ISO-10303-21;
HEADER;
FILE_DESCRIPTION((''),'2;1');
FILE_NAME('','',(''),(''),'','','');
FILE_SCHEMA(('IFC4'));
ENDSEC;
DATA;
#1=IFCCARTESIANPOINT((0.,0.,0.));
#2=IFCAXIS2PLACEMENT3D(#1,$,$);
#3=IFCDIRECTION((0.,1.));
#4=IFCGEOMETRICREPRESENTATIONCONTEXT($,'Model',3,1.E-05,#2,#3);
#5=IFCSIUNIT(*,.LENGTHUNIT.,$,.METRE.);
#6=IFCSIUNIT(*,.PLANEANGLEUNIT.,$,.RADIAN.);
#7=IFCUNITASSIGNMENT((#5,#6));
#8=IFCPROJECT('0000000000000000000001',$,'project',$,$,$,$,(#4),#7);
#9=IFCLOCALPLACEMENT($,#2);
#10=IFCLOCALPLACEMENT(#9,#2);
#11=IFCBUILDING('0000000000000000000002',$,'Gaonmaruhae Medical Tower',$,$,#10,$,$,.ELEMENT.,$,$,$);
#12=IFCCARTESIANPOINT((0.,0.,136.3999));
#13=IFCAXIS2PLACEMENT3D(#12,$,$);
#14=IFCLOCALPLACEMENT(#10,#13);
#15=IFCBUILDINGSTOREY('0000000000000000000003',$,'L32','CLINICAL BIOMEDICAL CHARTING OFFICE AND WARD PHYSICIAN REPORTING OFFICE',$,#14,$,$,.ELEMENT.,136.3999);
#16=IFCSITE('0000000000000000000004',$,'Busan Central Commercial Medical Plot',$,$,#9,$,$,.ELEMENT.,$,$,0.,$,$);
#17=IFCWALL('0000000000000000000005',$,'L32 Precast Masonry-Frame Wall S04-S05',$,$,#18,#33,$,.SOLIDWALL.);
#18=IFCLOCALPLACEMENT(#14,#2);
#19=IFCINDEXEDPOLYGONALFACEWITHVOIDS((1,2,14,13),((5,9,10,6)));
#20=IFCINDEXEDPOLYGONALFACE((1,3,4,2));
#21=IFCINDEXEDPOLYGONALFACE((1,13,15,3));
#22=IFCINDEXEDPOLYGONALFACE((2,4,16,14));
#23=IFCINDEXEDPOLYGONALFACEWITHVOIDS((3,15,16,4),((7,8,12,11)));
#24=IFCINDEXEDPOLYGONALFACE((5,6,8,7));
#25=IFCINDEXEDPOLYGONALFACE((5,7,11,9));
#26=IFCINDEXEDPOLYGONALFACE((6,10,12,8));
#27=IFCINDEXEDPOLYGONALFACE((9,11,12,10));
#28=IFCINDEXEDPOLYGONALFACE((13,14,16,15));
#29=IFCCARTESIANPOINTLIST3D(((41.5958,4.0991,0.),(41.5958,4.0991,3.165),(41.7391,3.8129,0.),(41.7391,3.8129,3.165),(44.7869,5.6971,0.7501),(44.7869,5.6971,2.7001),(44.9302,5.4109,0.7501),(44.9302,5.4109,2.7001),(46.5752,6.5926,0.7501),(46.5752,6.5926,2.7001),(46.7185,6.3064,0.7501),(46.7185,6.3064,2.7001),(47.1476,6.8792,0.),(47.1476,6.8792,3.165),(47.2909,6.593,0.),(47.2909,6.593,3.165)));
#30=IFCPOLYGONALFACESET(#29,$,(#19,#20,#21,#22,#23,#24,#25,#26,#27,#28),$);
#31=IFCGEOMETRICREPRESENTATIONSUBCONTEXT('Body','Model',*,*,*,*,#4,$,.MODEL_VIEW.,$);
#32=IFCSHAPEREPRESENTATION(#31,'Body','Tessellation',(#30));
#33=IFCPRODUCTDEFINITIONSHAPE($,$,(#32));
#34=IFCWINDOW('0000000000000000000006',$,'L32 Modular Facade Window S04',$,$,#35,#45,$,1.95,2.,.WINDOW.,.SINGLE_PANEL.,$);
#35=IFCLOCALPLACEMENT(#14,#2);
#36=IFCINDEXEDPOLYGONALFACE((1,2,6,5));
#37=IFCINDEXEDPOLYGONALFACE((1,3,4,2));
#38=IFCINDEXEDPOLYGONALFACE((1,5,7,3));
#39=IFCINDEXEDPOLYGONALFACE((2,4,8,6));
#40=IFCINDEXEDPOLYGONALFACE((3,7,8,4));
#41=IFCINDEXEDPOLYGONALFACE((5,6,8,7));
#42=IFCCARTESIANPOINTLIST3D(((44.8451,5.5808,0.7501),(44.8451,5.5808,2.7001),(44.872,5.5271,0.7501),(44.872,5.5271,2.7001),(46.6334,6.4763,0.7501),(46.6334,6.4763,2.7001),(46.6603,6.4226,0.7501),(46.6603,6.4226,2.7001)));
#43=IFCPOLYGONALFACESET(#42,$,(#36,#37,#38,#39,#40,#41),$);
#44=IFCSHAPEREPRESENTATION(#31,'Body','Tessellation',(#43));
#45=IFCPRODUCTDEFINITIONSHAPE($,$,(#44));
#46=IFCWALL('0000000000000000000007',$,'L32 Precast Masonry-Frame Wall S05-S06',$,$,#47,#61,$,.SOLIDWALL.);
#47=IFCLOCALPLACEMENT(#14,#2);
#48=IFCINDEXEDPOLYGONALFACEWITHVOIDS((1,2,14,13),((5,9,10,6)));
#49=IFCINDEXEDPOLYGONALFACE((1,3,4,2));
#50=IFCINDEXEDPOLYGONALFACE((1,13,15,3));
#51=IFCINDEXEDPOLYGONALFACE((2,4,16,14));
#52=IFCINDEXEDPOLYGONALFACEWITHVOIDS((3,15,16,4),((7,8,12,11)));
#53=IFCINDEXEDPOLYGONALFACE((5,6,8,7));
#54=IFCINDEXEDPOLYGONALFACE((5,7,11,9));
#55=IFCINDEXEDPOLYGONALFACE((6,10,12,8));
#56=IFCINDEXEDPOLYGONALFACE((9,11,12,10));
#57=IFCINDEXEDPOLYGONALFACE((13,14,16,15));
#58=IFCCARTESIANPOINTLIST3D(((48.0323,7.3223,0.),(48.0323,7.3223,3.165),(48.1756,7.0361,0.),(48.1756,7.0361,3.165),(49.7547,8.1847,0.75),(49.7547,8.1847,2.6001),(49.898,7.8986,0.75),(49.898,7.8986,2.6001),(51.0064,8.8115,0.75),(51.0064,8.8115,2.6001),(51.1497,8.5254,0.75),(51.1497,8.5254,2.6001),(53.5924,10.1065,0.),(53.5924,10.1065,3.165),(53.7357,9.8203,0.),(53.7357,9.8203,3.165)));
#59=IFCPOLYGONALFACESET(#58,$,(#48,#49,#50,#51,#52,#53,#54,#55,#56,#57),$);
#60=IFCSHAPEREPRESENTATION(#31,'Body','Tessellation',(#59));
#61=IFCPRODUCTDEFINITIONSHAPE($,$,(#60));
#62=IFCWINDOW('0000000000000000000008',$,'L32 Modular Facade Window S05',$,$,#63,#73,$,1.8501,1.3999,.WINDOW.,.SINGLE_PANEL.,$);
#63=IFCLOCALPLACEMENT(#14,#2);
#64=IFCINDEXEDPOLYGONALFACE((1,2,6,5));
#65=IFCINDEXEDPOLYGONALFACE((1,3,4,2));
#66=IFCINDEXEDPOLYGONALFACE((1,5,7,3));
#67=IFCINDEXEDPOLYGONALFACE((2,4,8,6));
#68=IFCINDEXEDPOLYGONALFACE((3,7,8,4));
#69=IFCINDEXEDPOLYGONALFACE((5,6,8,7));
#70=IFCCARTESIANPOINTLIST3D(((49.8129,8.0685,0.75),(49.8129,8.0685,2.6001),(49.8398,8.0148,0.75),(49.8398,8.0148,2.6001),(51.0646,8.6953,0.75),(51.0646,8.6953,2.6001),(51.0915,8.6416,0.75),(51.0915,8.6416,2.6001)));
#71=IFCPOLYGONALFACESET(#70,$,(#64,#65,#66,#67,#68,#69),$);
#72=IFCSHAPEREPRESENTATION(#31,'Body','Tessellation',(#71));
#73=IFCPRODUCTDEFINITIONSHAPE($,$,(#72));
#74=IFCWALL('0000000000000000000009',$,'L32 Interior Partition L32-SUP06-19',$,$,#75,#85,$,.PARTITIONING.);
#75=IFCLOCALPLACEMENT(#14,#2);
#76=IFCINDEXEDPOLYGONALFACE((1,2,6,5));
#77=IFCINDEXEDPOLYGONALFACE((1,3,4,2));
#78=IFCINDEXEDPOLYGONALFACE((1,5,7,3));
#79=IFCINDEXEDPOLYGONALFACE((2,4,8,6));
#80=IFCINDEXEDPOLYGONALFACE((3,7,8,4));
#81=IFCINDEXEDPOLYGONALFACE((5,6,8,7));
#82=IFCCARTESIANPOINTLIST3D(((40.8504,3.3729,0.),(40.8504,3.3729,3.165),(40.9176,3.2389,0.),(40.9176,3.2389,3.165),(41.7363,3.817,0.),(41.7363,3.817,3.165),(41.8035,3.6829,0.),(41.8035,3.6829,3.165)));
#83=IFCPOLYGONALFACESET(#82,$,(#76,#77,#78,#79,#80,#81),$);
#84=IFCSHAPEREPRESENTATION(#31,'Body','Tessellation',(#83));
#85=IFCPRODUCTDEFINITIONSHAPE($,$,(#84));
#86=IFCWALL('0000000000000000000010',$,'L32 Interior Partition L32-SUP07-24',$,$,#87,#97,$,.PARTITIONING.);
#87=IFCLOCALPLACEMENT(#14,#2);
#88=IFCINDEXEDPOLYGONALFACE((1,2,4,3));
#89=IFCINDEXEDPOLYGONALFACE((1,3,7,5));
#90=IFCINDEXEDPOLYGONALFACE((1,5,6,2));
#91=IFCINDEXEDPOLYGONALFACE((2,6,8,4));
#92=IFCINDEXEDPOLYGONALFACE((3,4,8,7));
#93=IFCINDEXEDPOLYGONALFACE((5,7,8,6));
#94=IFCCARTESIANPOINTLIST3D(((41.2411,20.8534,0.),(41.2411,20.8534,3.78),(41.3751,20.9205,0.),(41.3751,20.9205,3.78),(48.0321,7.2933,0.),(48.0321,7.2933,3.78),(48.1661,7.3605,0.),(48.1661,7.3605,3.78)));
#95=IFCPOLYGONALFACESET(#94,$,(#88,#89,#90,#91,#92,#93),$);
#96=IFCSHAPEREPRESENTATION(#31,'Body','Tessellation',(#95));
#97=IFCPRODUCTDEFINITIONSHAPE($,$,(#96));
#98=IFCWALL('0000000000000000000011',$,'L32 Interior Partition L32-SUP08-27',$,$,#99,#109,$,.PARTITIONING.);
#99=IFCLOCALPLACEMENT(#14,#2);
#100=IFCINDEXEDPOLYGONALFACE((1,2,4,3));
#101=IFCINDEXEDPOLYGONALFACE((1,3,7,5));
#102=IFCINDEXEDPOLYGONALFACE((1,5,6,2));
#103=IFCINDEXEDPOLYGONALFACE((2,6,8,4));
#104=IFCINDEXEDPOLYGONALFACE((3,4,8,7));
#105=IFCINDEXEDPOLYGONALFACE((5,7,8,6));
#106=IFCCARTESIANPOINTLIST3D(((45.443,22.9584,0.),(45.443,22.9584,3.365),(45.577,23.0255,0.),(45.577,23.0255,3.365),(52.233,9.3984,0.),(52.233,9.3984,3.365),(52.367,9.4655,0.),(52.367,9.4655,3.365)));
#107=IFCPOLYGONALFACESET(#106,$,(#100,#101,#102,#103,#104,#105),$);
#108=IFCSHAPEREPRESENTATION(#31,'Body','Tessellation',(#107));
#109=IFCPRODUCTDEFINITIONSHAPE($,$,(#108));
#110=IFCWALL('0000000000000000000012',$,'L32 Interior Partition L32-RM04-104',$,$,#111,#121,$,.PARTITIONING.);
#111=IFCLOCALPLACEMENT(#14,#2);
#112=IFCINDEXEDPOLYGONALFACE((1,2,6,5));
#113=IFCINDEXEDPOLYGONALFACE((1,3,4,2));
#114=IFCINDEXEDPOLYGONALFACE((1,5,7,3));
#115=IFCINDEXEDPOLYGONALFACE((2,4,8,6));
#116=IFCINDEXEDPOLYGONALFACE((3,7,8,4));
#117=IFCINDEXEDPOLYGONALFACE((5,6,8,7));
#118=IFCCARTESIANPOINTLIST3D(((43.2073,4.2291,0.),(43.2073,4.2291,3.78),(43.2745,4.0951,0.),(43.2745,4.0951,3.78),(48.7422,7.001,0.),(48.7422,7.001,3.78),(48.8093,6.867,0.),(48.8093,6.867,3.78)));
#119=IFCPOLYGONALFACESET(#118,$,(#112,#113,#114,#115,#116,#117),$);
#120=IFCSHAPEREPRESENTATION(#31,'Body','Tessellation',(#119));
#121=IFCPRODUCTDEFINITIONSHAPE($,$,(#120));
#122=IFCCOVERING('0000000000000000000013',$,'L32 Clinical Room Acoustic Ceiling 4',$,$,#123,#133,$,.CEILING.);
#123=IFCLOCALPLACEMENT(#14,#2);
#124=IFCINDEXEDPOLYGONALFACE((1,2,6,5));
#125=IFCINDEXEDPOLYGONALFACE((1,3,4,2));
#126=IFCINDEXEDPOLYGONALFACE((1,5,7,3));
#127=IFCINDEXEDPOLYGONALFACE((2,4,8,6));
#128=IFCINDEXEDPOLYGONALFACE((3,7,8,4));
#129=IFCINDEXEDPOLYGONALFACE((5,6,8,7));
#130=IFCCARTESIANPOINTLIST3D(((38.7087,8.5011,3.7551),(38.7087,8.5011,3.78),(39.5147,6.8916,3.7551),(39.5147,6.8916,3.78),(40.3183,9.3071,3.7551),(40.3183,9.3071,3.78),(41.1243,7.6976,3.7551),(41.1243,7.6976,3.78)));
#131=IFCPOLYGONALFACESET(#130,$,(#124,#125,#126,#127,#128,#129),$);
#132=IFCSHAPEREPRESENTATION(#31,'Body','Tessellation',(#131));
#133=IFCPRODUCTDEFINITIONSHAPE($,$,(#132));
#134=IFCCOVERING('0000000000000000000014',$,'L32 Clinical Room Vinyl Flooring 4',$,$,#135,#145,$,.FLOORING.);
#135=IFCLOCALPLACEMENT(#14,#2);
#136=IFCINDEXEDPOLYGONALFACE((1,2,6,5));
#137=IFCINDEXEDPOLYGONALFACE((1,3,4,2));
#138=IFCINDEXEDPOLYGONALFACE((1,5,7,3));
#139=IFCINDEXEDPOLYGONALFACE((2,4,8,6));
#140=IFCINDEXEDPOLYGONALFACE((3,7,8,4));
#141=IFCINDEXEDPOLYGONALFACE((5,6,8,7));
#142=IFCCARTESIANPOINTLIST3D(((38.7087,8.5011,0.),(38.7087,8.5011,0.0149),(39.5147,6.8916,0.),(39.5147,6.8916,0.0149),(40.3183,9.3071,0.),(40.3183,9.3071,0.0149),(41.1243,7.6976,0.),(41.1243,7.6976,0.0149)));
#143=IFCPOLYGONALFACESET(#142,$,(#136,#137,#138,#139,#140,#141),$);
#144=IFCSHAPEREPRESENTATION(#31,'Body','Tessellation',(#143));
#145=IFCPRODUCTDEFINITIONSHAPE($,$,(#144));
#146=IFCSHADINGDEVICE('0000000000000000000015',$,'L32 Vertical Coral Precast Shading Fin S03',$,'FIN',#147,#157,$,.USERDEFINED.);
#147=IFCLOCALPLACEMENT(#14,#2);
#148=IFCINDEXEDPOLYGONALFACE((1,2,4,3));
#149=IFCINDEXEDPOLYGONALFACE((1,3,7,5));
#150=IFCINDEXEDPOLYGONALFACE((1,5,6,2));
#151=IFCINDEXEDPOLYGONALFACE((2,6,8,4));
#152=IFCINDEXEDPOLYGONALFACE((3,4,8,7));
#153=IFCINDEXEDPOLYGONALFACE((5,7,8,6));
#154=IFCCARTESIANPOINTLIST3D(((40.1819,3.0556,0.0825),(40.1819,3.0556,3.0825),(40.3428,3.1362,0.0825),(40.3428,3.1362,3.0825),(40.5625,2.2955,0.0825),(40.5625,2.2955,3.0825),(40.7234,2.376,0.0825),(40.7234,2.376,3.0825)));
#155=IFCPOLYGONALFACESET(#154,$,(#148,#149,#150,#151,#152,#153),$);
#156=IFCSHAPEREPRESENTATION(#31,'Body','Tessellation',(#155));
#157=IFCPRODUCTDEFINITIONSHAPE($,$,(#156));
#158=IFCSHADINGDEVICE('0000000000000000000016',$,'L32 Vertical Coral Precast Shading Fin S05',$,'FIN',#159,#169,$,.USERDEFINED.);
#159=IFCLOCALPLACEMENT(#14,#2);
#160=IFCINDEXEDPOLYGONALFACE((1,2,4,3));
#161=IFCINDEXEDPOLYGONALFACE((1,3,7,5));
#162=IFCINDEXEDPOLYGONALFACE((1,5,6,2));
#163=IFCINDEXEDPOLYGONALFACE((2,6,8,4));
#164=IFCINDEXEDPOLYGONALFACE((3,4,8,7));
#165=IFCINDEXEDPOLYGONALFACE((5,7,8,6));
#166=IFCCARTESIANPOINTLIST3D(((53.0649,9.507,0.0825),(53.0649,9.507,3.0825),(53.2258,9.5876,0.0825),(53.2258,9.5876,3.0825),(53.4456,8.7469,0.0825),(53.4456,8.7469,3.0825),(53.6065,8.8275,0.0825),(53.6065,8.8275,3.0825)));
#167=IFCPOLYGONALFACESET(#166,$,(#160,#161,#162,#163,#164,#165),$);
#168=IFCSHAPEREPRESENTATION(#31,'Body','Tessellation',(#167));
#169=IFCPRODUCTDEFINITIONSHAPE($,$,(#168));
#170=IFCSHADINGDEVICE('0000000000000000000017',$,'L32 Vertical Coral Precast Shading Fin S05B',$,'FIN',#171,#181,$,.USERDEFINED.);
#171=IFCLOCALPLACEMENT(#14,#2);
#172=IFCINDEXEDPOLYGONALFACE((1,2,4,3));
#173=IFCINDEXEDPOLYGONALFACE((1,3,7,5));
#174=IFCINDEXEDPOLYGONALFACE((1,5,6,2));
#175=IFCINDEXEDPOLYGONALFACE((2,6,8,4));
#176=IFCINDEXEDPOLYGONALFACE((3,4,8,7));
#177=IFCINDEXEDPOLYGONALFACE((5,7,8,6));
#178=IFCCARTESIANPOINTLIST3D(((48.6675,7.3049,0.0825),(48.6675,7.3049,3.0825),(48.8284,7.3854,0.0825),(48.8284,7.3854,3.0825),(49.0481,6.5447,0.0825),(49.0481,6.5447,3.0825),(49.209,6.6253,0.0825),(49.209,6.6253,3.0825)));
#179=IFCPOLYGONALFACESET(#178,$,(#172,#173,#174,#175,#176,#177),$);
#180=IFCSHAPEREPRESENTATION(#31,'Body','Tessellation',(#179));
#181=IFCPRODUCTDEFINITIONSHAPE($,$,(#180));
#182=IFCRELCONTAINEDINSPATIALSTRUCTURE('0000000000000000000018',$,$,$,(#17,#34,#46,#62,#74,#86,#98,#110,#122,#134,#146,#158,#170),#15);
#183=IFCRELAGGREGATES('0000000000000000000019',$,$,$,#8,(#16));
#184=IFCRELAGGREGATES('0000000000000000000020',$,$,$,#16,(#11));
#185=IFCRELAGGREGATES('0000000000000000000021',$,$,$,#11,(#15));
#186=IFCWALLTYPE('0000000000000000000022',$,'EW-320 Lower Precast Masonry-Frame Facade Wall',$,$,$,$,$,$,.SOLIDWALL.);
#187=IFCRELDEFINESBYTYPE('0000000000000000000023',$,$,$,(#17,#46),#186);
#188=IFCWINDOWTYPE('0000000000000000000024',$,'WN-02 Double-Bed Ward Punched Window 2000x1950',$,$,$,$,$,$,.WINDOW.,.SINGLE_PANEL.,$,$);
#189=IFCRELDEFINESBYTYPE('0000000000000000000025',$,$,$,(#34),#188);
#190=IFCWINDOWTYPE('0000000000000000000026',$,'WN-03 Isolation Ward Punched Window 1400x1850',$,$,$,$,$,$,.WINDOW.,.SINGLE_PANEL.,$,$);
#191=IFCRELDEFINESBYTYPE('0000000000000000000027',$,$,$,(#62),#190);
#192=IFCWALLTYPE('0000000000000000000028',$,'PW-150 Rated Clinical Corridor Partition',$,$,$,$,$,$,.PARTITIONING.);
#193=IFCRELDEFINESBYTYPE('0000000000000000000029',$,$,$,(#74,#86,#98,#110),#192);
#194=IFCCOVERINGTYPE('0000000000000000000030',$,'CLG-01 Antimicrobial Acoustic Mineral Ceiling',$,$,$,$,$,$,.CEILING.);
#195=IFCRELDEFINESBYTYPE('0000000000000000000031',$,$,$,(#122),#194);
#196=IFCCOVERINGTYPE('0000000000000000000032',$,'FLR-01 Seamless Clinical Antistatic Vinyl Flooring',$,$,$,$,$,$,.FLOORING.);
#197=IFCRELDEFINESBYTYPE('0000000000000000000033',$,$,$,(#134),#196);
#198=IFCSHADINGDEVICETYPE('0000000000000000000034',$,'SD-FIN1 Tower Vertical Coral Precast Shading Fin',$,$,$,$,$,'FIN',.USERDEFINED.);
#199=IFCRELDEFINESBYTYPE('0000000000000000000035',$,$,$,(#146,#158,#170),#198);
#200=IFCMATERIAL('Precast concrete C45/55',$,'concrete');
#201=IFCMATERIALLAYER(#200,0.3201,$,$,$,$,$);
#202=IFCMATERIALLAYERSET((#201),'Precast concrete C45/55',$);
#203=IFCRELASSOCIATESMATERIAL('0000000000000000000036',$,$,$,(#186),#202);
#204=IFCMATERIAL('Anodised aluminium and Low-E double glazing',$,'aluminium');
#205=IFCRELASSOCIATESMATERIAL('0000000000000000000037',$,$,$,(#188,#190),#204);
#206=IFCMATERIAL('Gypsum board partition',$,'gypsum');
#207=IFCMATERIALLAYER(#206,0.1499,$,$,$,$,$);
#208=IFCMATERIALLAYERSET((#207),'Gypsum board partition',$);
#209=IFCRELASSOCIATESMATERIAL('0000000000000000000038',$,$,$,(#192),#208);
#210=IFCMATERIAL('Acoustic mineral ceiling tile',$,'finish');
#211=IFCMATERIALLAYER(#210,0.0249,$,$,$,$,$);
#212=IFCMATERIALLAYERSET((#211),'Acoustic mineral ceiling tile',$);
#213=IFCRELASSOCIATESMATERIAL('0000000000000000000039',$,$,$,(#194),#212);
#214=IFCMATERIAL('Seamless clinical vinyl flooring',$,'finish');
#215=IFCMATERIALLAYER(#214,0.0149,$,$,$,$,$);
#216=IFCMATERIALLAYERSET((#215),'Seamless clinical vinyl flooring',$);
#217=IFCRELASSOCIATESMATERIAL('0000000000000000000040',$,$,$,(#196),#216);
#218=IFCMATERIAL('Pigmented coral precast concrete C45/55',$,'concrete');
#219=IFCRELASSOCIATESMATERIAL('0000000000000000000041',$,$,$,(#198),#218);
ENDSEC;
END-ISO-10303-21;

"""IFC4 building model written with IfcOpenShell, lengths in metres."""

from ifc_helpers import new_model, si_unit, direction, frame, frame_2d, origin, origin_2d, place, context, subcontext, project, spatial, rectangle, extrude, material, layer, layer_set, type_object, element, fill, save


model = new_model("IFC4")

# Units and contexts
model_context = context("Model", 3, precision=1e-05, world=origin(), true_north=direction((0.0, 1.0)))
body_context = subcontext(model_context, "Body", "Model", "MODEL_VIEW")
ifc_project = project(units=[si_unit("LENGTHUNIT", "METRE"), si_unit("PLANEANGLEUNIT", "RADIAN")], contexts=[model_context])

# Site, building, storey
site_placement = place(None, origin())
site = spatial("IfcSite", under=ifc_project, at=site_placement, Name="Busan Central Commercial Medical Plot", CompositionType="ELEMENT", RefElevation=0.0)
building_placement = place(site_placement, origin())
building = spatial("IfcBuilding", under=site, at=building_placement, Name="Gaonmaruhae Medical Tower", CompositionType="ELEMENT")
storey_placement = place(building_placement, frame((0.0, 0.0, 136.3999)))
storey = spatial("IfcBuildingStorey", under=building, at=storey_placement, Name="L32", Description="CLINICAL BIOMEDICAL CHARTING OFFICE AND WARD PHYSICIAN REPORTING OFFICE", CompositionType="ELEMENT", Elevation=136.3999)

# Walls, openings, windows
ifc_material_1 = material(Name="Precast concrete C45/55", Category="concrete")
ifc_layer_1 = layer(ifc_material_1, 0.3201)
ifc_layer_set_1 = layer_set([ifc_layer_1], Name="Precast concrete C45/55")
wall_type_1 = type_object("IfcWallType", Name="EW-320 Lower Precast Masonry-Frame Facade Wall", PredefinedType="SOLIDWALL", material=ifc_layer_set_1)
ifc_material_2 = material(Name="Anodised aluminium and Low-E double glazing", Category="aluminium")
wall_1_placement = place(storey_placement, frame((47.2192, 6.7361, 0.0), z_axis=(0.0, 0.0, 1.0), x_axis=(-0.89416, -0.447748, 0.0)))
wall_1 = element("IfcWall", 1, at=wall_1_placement, inside=storey, type_object=wall_type_1, Name="L32 Precast Masonry-Frame Wall S04-S05", PredefinedType="SOLIDWALL", context=body_context, shape_type="SweptSolid", body=[
    extrude(rectangle(XDim=6.209, YDim=0.3201, at=frame_2d((3.1045, 0.0))), origin(), (0.0, 0.0, 1.0), 3.165),
])
opening_1_placement = place(wall_1_placement, frame((0.6401, 0.0, 0.75)))
opening_1 = element("IfcOpeningElement", 2, at=opening_1_placement, cuts=wall_1, PredefinedType="OPENING", context=body_context, shape_type="SweptSolid", body=[
    extrude(rectangle(XDim=2.0, YDim=1.95, at=frame_2d((1.0, 0.9751))), frame((0.0, 0.1699, 0.0), z_axis=(0.0, -1.0, 0.0), x_axis=(1.0, 0.0, 0.0)), (0.0, 0.0, 1.0), 0.3401),
])
window_type_1 = type_object("IfcWindowType", Name="WN-02 Double-Bed Ward Punched Window 2000x1950", PartitioningType="SINGLE_PANEL", PredefinedType="WINDOW", material=ifc_material_2)
window_1_placement = place(opening_1_placement, origin())
window_1 = element("IfcWindow", 3, at=window_1_placement, inside=storey, type_object=window_type_1, Name="L32 Modular Facade Window S04", OverallHeight=1.95, OverallWidth=2.0, PartitioningType="SINGLE_PANEL", PredefinedType="WINDOW", context=body_context, shape_type="SweptSolid", body=[
    extrude(rectangle(XDim=2.0, YDim=1.95, at=frame_2d((1.0, 0.9751))), frame((0.0, 0.03, 0.0), z_axis=(0.0, -1.0, 0.0), x_axis=(1.0, 0.0, 0.0)), (0.0, 0.0, 1.0), 0.0601),
])
fill(opening_1, window_1)
wall_2_placement = place(storey_placement, frame((53.6641, 9.9634, 0.0), z_axis=(0.0, 0.0, 1.0), x_axis=(-0.89416, -0.447747, 0.0)))
wall_2 = element("IfcWall", 4, at=wall_2_placement, inside=storey, type_object=wall_type_1, Name="L32 Precast Masonry-Frame Wall S05-S06", PredefinedType="SOLIDWALL", context=body_context, shape_type="SweptSolid", body=[
    extrude(rectangle(XDim=6.2183, YDim=0.3201, at=frame_2d((3.1091, 0.0))), origin(), (0.0, 0.0, 1.0), 3.165),
])
opening_2_placement = place(wall_2_placement, frame((2.8921, 0.0, 0.75)))
opening_2 = element("IfcOpeningElement", 5, at=opening_2_placement, cuts=wall_2, PredefinedType="OPENING", context=body_context, shape_type="SweptSolid", body=[
    extrude(rectangle(XDim=1.3999, YDim=1.8501, at=frame_2d((0.7, 0.925))), frame((0.0, 0.1699, 0.0), z_axis=(0.0, -1.0, 0.0), x_axis=(1.0, 0.0, 0.0)), (0.0, 0.0, 1.0), 0.3401),
])
window_type_2 = type_object("IfcWindowType", Name="WN-03 Isolation Ward Punched Window 1400x1850", PartitioningType="SINGLE_PANEL", PredefinedType="WINDOW", material=ifc_material_2)
window_2_placement = place(opening_2_placement, origin())
window_2 = element("IfcWindow", 6, at=window_2_placement, inside=storey, type_object=window_type_2, Name="L32 Modular Facade Window S05", OverallHeight=1.8501, OverallWidth=1.3999, PartitioningType="SINGLE_PANEL", PredefinedType="WINDOW", context=body_context, shape_type="SweptSolid", body=[
    extrude(rectangle(XDim=1.3999, YDim=1.8501, at=frame_2d((0.7, 0.925))), frame((0.0, 0.03, 0.0), z_axis=(0.0, -1.0, 0.0), x_axis=(1.0, 0.0, 0.0)), (0.0, 0.0, 1.0), 0.0601),
])
fill(opening_2, window_2)

# Walls
ifc_material_3 = material(Name="Gypsum board partition", Category="gypsum")
ifc_layer_2 = layer(ifc_material_3, 0.1499)
ifc_layer_set_2 = layer_set([ifc_layer_2], Name="Gypsum board partition")
wall_type_2 = type_object("IfcWallType", Name="PW-150 Rated Clinical Corridor Partition", PredefinedType="PARTITIONING", material=ifc_layer_set_2)
wall_3_placement = place(storey_placement, frame((41.77, 3.75, 0.0), z_axis=(0.0, 0.0, 1.0), x_axis=(-0.893983, -0.4481, 0.0)))
element("IfcWall", 7, at=wall_3_placement, inside=storey, type_object=wall_type_2, Name="L32 Interior Partition L32-SUP06-19", PredefinedType="PARTITIONING", context=body_context, shape_type="SweptSolid", body=[
    extrude(rectangle(XDim=0.991, YDim=0.1499, at=frame_2d((0.4956, 0.0))), origin(), (0.0, 0.0, 1.0), 3.165),
])
wall_4_placement = place(storey_placement, frame((41.3081, 20.887, 0.0), z_axis=(0.0, 0.0, 1.0), x_axis=(0.447793, -0.894137, 0.0)))
element("IfcWall", 8, at=wall_4_placement, inside=storey, type_object=wall_type_2, Name="L32 Interior Partition L32-SUP07-24", PredefinedType="PARTITIONING", context=body_context, shape_type="SweptSolid", body=[
    extrude(rectangle(XDim=15.1655, YDim=0.1499, at=frame_2d((7.5828, 0.0))), origin(), (0.0, 0.0, 1.0), 3.78),
])

# Walls
wall_5_placement = place(storey_placement, frame((45.51, 22.9919, 0.0), z_axis=(0.0, 0.0, 1.0), x_axis=(0.447742, -0.894163, 0.0)))
element("IfcWall", 9, at=wall_5_placement, inside=storey, type_object=wall_type_2, Name="L32 Interior Partition L32-SUP08-27", PredefinedType="PARTITIONING", context=body_context, shape_type="SweptSolid", body=[
    extrude(rectangle(XDim=15.165, YDim=0.1499, at=frame_2d((7.5825, 0.0))), origin(), (0.0, 0.0, 1.0), 3.365),
])
wall_6_placement = place(storey_placement, frame((48.7759, 6.9341, 0.0), z_axis=(0.0, 0.0, 1.0), x_axis=(-0.894135, -0.447797, 0.0)))
element("IfcWall", 10, at=wall_6_placement, inside=storey, type_object=wall_type_2, Name="L32 Interior Partition L32-RM04-104", PredefinedType="PARTITIONING", context=body_context, shape_type="SweptSolid", body=[
    extrude(rectangle(XDim=6.1902, YDim=0.1499, at=frame_2d((3.0952, 0.0))), origin(), (0.0, 0.0, 1.0), 3.78),
])

# Coverings
ifc_material_4 = material(Name="Acoustic mineral ceiling tile", Category="finish")
ifc_layer_3 = layer(ifc_material_4, 0.0249)
ifc_layer_set_3 = layer_set([ifc_layer_3], Name="Acoustic mineral ceiling tile")
covering_type_1 = type_object("IfcCoveringType", Name="CLG-01 Antimicrobial Acoustic Mineral Ceiling", PredefinedType="CEILING", material=ifc_layer_set_3)
covering_1_placement = place(storey_placement, frame((39.9165, 8.0994, 3.7551), z_axis=(0.0, 0.0, 1.0), x_axis=(0.894154, 0.447759, 0.0)))
element("IfcCovering", 11, at=covering_1_placement, inside=storey, type_object=covering_type_1, Name="L32 Clinical Room Acoustic Ceiling 4", PredefinedType="CEILING", context=body_context, shape_type="SweptSolid", body=[
    extrude(rectangle(XDim=1.8, YDim=1.8, at=origin_2d()), origin(), (0.0, 0.0, 1.0), 0.0249),
])
ifc_material_5 = material(Name="Seamless clinical vinyl flooring", Category="finish")
ifc_layer_4 = layer(ifc_material_5, 0.0149)
ifc_layer_set_4 = layer_set([ifc_layer_4], Name="Seamless clinical vinyl flooring")
covering_type_2 = type_object("IfcCoveringType", Name="FLR-01 Seamless Clinical Antistatic Vinyl Flooring", PredefinedType="FLOORING", material=ifc_layer_set_4)
covering_2_placement = place(storey_placement, frame((39.9165, 8.0994, 0.0), z_axis=(0.0, 0.0, 1.0), x_axis=(0.894154, 0.447759, 0.0)))
element("IfcCovering", 12, at=covering_2_placement, inside=storey, type_object=covering_type_2, Name="L32 Clinical Room Vinyl Flooring 4", PredefinedType="FLOORING", context=body_context, shape_type="SweptSolid", body=[
    extrude(rectangle(XDim=1.8, YDim=1.8, at=origin_2d()), origin(), (0.0, 0.0, 1.0), 0.0149),
])

# Shading devices
ifc_material_6 = material(Name="Pigmented coral precast concrete C45/55", Category="concrete")
shading_device_type = type_object("IfcShadingDeviceType", Name="SD-FIN1 Tower Vertical Coral Precast Shading Fin", ElementType="FIN", PredefinedType="USERDEFINED", material=ifc_material_6)
for number, where, z_axis, x_axis, name in (
    (13, (40.4526, 2.7158, 0.0825), (0.0, 0.0, 1.0), (-0.894162, -0.447743, 0.0), "L32 Vertical Coral Precast Shading Fin S03"),
    (14, (53.3357, 9.1672, 0.0825), (0.0, 0.0, 1.0), (-0.894154, -0.447759, 0.0), "L32 Vertical Coral Precast Shading Fin S05"),
    (15, (48.9382, 6.9651, 0.0825), (0.0, 0.0, 1.0), (-0.894154, -0.447759, 0.0), "L32 Vertical Coral Precast Shading Fin S05B"),
):
    element("IfcShadingDevice", number, at=place(storey_placement, frame(where, z_axis=z_axis, x_axis=x_axis)), inside=storey, type_object=shading_device_type, Name=name, ObjectType="FIN", PredefinedType="USERDEFINED", context=body_context, shape_type="SweptSolid", body=[
        extrude(rectangle(XDim=0.1799, YDim=0.8501, at=origin_2d()), origin(), (0.0, 0.0, 1.0), 3.0),
    ])

save(model, "model.ifc")
